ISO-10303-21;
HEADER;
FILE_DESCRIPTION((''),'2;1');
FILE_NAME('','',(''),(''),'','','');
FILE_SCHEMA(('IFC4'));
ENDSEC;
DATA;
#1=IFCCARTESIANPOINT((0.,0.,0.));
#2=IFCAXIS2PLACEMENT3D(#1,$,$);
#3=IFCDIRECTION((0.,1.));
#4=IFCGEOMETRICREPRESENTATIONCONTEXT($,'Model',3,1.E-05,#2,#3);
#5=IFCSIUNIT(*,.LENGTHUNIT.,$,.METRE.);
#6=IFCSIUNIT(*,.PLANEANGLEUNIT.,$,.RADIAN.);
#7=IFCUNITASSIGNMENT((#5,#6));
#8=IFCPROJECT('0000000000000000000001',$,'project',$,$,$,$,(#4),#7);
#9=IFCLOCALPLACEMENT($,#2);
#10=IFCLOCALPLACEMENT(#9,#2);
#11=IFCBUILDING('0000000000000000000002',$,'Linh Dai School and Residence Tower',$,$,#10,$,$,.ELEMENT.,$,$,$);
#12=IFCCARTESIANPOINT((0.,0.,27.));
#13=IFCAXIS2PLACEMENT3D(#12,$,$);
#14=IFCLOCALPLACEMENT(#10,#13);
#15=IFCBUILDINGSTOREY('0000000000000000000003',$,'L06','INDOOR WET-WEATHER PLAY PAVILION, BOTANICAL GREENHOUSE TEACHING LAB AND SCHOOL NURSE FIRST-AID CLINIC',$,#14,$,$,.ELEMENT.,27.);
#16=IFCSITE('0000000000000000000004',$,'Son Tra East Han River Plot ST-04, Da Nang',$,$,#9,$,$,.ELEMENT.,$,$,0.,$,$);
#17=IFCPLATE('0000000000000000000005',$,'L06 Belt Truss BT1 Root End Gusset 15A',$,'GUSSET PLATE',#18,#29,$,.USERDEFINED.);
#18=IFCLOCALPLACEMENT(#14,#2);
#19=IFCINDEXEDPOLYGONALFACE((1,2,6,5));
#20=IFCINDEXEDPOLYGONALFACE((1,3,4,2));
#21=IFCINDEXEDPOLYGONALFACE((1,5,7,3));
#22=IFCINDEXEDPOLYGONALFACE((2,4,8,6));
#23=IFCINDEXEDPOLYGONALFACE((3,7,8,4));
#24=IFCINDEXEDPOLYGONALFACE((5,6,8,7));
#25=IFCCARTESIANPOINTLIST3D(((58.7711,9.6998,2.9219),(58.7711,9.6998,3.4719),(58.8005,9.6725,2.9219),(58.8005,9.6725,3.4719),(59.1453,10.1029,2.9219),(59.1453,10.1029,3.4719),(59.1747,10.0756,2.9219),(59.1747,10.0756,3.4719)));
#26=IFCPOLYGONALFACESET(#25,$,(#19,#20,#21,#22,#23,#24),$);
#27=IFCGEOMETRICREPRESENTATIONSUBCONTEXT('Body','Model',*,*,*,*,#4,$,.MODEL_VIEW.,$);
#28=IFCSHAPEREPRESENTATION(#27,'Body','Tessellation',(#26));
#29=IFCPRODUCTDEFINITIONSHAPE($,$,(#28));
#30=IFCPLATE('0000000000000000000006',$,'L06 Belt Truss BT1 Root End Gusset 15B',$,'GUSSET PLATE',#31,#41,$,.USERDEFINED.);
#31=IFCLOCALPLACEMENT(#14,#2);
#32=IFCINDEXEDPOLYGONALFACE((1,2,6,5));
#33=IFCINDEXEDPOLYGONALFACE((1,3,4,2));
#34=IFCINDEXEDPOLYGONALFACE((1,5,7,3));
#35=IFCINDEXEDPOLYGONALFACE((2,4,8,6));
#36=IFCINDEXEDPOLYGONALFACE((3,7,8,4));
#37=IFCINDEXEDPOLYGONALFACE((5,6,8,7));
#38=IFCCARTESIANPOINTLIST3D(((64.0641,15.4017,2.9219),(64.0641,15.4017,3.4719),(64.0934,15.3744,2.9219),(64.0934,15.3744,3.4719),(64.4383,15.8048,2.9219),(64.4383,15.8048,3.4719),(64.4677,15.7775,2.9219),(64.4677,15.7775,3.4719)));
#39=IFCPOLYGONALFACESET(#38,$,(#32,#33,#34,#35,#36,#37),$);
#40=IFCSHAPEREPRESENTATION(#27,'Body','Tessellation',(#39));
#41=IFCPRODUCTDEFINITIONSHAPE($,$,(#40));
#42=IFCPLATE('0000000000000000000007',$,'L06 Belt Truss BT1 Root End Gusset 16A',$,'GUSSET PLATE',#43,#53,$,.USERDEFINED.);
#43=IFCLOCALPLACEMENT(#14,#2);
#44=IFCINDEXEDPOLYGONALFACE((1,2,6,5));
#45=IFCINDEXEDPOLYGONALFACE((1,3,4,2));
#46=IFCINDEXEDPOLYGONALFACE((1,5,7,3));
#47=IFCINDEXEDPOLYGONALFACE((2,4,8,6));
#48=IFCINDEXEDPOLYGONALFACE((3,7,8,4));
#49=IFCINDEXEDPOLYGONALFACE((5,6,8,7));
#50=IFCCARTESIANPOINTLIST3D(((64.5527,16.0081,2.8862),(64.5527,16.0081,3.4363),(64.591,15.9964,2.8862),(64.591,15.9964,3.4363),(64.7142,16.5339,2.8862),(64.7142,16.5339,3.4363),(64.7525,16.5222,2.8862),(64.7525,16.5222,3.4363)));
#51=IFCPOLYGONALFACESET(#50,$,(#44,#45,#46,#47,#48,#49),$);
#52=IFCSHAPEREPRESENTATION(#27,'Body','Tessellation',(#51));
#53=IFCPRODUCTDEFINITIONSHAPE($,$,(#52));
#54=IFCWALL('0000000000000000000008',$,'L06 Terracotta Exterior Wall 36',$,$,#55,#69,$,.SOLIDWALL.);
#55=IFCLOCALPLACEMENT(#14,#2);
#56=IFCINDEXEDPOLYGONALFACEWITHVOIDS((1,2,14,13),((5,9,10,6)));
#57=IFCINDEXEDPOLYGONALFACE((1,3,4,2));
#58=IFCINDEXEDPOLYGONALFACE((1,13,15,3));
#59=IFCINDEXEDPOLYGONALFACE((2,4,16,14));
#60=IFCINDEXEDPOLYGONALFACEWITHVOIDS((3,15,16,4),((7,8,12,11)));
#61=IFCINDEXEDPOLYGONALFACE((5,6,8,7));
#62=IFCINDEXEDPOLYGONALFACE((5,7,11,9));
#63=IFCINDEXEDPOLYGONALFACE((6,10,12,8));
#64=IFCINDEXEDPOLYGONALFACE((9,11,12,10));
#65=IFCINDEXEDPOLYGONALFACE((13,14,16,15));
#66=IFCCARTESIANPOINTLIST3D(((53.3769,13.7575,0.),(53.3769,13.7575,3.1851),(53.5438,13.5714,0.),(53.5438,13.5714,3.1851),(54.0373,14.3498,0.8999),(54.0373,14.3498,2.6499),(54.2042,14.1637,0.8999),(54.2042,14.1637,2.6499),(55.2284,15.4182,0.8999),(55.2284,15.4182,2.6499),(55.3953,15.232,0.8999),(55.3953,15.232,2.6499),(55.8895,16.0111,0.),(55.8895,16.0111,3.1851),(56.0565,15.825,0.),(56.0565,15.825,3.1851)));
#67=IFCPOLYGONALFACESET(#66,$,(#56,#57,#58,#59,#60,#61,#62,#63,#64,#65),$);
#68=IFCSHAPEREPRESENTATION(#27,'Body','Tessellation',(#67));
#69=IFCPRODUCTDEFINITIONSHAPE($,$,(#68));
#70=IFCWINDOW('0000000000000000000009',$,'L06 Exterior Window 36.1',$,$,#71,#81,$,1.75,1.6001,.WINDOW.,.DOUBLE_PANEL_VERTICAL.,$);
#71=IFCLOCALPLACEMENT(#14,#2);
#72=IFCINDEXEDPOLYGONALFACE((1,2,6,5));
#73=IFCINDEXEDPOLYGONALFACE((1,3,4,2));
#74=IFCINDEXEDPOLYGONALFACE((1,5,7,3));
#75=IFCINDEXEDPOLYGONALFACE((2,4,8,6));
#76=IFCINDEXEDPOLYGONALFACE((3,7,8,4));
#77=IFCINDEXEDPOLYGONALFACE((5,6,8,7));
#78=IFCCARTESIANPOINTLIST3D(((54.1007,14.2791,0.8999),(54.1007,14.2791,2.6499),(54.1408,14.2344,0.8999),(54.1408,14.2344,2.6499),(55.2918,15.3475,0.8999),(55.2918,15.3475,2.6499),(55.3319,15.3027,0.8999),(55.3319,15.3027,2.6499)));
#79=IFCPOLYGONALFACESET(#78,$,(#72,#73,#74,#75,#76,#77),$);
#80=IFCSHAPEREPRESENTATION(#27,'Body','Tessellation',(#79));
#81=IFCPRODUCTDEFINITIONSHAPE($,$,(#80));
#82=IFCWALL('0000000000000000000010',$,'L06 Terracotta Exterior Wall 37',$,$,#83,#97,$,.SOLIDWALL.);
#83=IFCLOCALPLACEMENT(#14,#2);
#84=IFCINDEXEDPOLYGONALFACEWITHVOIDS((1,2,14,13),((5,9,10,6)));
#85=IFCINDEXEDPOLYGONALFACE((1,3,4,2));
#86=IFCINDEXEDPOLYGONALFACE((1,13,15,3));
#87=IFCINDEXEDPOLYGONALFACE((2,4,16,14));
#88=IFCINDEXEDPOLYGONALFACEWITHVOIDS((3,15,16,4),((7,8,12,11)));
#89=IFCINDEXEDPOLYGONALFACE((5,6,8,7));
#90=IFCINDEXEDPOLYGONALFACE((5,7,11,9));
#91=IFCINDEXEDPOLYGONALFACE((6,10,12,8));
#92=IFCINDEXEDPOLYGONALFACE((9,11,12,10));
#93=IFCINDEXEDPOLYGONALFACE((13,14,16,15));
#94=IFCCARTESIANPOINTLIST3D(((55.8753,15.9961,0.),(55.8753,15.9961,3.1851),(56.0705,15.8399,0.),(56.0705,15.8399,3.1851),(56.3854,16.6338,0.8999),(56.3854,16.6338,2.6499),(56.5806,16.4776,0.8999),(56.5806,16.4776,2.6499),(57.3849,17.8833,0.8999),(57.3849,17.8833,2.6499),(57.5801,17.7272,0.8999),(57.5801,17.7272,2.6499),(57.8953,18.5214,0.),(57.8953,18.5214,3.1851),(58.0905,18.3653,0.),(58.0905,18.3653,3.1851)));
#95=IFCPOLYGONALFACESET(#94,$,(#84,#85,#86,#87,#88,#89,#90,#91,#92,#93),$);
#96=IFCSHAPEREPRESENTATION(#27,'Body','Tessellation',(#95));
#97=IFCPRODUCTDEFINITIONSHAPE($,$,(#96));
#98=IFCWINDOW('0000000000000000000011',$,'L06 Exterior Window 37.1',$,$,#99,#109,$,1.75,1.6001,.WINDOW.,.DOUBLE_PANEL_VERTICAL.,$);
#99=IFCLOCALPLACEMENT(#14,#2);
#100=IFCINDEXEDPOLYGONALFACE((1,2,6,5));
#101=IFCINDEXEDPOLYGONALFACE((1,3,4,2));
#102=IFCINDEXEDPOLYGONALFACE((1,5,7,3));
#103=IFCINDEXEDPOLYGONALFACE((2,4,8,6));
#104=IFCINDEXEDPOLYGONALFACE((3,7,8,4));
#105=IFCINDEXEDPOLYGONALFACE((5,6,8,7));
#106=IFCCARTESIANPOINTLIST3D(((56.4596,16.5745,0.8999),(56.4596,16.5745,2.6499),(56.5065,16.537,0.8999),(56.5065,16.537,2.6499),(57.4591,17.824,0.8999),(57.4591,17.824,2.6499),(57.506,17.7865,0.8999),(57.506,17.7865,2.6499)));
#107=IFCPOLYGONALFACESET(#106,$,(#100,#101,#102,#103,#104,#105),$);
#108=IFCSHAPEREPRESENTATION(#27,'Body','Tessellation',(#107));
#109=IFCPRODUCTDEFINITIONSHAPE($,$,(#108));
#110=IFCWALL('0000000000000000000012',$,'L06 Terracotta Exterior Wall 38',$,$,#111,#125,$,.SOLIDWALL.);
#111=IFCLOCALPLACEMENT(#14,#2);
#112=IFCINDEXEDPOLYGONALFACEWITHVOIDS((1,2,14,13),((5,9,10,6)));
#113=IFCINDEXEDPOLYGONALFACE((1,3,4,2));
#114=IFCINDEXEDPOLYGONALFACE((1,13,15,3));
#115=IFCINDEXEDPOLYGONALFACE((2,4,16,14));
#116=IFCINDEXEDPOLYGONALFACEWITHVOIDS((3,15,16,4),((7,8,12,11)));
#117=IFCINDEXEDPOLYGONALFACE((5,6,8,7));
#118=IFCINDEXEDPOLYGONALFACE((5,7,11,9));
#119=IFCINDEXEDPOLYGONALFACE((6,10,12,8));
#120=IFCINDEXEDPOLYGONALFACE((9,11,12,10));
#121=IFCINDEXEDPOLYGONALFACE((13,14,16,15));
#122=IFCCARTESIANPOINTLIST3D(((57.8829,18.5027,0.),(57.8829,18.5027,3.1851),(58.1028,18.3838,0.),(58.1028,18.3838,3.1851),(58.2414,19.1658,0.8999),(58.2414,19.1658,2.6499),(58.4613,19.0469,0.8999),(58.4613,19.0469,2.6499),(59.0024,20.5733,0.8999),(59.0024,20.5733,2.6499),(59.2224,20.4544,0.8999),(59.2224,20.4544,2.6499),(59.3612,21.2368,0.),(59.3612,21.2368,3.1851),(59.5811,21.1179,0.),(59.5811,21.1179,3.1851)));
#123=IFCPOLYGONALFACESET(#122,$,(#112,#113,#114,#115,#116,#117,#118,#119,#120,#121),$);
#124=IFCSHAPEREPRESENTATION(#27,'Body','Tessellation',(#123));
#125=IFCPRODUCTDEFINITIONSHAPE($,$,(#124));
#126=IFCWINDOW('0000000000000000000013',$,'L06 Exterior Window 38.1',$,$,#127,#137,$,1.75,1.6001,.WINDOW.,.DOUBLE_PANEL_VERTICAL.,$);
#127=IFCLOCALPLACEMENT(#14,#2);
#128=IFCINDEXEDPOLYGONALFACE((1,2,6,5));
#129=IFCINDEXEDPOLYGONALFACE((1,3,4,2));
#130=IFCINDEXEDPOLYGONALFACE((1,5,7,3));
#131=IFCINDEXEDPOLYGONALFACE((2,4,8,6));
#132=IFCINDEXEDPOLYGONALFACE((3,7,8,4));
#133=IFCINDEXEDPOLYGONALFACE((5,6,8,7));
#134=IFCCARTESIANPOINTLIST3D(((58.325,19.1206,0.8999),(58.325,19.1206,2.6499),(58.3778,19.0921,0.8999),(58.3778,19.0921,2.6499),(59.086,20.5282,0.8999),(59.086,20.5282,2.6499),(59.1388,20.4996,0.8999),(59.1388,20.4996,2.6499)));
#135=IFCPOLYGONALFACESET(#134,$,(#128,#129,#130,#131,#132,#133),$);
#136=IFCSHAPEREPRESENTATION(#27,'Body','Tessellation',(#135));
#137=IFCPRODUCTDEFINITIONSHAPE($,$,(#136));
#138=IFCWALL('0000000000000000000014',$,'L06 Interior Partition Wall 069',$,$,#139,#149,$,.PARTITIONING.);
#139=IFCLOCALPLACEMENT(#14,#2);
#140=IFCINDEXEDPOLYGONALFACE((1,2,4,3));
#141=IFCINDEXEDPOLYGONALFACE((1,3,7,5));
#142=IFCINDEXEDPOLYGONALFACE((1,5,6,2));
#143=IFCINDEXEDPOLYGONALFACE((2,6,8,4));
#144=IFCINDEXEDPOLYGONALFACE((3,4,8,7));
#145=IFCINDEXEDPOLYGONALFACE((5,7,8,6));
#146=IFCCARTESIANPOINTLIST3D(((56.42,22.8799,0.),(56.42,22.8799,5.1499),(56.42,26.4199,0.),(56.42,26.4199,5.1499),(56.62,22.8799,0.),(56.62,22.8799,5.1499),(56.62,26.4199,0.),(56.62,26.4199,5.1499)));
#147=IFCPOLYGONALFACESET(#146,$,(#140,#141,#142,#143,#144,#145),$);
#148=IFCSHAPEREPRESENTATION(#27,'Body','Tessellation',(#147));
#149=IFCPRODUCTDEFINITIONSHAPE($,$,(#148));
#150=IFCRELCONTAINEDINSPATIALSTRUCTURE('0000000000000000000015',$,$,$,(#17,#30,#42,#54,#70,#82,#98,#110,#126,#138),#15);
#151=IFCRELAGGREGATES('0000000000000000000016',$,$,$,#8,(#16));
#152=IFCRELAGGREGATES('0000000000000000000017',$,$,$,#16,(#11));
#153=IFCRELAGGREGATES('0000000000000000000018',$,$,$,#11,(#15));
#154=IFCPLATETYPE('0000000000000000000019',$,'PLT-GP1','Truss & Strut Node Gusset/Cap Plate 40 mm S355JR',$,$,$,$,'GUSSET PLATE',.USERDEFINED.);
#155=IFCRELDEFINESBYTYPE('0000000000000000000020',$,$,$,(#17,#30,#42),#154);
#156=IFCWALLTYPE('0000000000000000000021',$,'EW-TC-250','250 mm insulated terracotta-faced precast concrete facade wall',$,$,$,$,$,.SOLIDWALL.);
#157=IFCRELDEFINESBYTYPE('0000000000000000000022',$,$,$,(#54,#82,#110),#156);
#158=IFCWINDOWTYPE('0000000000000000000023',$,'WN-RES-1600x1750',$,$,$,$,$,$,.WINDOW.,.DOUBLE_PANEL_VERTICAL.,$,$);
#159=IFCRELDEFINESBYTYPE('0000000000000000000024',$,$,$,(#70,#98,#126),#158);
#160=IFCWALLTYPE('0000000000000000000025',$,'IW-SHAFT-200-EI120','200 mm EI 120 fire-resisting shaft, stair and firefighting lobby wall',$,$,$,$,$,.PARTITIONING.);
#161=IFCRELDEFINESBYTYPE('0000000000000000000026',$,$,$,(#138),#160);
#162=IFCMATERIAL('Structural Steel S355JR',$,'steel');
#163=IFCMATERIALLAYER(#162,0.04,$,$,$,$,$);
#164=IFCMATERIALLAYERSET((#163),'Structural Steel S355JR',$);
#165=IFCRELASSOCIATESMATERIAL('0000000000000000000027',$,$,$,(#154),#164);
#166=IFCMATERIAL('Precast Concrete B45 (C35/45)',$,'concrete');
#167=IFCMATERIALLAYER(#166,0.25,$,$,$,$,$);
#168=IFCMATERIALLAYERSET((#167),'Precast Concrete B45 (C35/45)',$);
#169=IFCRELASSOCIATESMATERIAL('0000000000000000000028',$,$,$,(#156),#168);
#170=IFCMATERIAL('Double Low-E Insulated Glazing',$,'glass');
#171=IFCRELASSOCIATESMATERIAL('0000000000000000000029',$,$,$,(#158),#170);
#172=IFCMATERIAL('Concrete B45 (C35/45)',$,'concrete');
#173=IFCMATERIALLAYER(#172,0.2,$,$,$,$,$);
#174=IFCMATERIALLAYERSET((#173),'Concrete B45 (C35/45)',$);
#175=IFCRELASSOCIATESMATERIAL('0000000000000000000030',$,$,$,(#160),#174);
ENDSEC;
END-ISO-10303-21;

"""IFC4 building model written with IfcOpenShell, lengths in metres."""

from ifc_helpers import new_model, si_unit, direction, frame, frame_2d, origin, origin_2d, place, context, subcontext, project, spatial, rectangle, extrude, source, transform, mapped, material, layer, layer_set, type_object, element, fill, save


model = new_model("IFC4")

# Units and contexts
model_context = context("Model", 3, precision=1e-05, world=origin(), true_north=direction((0.0, 1.0)))
body_context = subcontext(model_context, "Body", "Model", "MODEL_VIEW")
ifc_project = project(units=[si_unit("LENGTHUNIT", "METRE"), si_unit("PLANEANGLEUNIT", "RADIAN")], contexts=[model_context])

# Site, building, storey
site_placement = place(None, origin())
site = spatial("IfcSite", under=ifc_project, at=site_placement, Name="Son Tra East Han River Plot ST-04, Da Nang", CompositionType="ELEMENT", RefElevation=0.0)
building_placement = place(site_placement, origin())
building = spatial("IfcBuilding", under=site, at=building_placement, Name="Linh Dai School and Residence Tower", CompositionType="ELEMENT")
storey_placement = place(building_placement, frame((0.0, 0.0, 27.0)))
storey = spatial("IfcBuildingStorey", under=building, at=storey_placement, Name="L06", Description="INDOOR WET-WEATHER PLAY PAVILION, BOTANICAL GREENHOUSE TEACHING LAB AND SCHOOL NURSE FIRST-AID CLINIC", CompositionType="ELEMENT", Elevation=27.0)

# Shared definitions
ifc_material_1 = material(Name="Structural Steel S355JR", Category="steel")

# Plates
ifc_layer_1 = layer(ifc_material_1, 0.04)
ifc_layer_set_1 = layer_set([ifc_layer_1], Name="Structural Steel S355JR")
plate_type = type_object("IfcPlateType", Name="PLT-GP1", Description="Truss & Strut Node Gusset/Cap Plate 40 mm S355JR", ElementType="GUSSET PLATE", PredefinedType="USERDEFINED", material=ifc_layer_set_1)
shared_shape_1 = source(origin(), body_context, "Body", "SweptSolid", [
    extrude(rectangle(XDim=0.55, YDim=0.04, at=origin_2d()), origin(), (0.0, 0.0, 1.0), 0.55),
])
for number, where, z_axis, x_axis, name in (
    (1, (58.9729, 9.8877, 2.9219), (0.0, 0.0, 1.0), (0.680345, 0.732892, 0.0), "L06 Belt Truss BT1 Root End Gusset 15A"),
    (2, (64.2659, 15.5896, 2.9219), (0.0, 0.0, 1.0), (0.680345, 0.732892, 0.0), "L06 Belt Truss BT1 Root End Gusset 15B"),
    (3, (64.6526, 16.2651, 2.8862), (0.0, 0.0, 1.0), (0.293628, 0.95592, 0.0), "L06 Belt Truss BT1 Root End Gusset 16A"),
):
    element("IfcPlate", number, at=place(storey_placement, frame(where, z_axis=z_axis, x_axis=x_axis)), inside=storey, type_object=plate_type, Name=name, ObjectType="GUSSET PLATE", PredefinedType="USERDEFINED", context=body_context, shape_type="MappedRepresentation", body=[
        mapped(shared_shape_1, transform((0.0, 0.0, 0.0), x_axis=(1.0, 0.0, 0.0), y_axis=(0.0, 1.0, 0.0), z_axis=(0.0, 0.0, 1.0), scale=1.0)),
    ])

# Walls, openings, windows
ifc_material_2 = material(Name="Precast Concrete B45 (C35/45)", Category="concrete")
ifc_layer_2 = layer(ifc_material_2, 0.25)
ifc_layer_set_2 = layer_set([ifc_layer_2], Name="Precast Concrete B45 (C35/45)")
wall_type_1 = type_object("IfcWallType", Name="EW-TC-250", Description="250 mm insulated terracotta-faced precast concrete facade wall", PredefinedType="SOLIDWALL", material=ifc_layer_set_2)
wall_1_placement = place(storey_placement, frame((55.9729, 15.918, 0.0), z_axis=(0.0, 0.0, 1.0), x_axis=(-0.744437, -0.667693, 0.0)))
wall_1 = element("IfcWall", 4, at=wall_1_placement, inside=storey, type_object=wall_type_1, Name="L06 Terracotta Exterior Wall 36", PredefinedType="SOLIDWALL", context=body_context, shape_type="SweptSolid", body=[
    extrude(rectangle(XDim=3.3752, YDim=0.25, at=frame_2d((1.6875, 0.0))), origin(), (0.0, 0.0, 1.0), 3.1851),
])
opening_1_placement = place(wall_1_placement, frame((0.8879, 0.0, 0.8999)))
opening_1 = element("IfcOpeningElement", 5, at=opening_1_placement, cuts=wall_1, PredefinedType="OPENING", context=body_context, shape_type="SweptSolid", body=[
    extrude(rectangle(XDim=1.6001, YDim=1.75, at=origin_2d()), frame((0.8, 0.135, 0.875), z_axis=(0.0, -1.0, 0.0), x_axis=(1.0, 0.0, 0.0)), (0.0, 0.0, 1.0), 0.27),
])
ifc_material_3 = material(Name="Double Low-E Insulated Glazing", Category="glass")
window_type = type_object("IfcWindowType", Name="WN-RES-1600x1750", PartitioningType="DOUBLE_PANEL_VERTICAL", PredefinedType="WINDOW", material=ifc_material_3)
shared_shape_2 = source(origin(), body_context, "Body", "SweptSolid", [
    extrude(rectangle(XDim=1.6001, YDim=1.75, at=origin_2d()), frame((0.8, 0.03, 0.875), z_axis=(0.0, -1.0, 0.0), x_axis=(1.0, 0.0, 0.0)), (0.0, 0.0, 1.0), 0.0601),
])
window_1_placement = place(opening_1_placement, origin())
window_1 = element("IfcWindow", 6, at=window_1_placement, inside=storey, type_object=window_type, Name="L06 Exterior Window 36.1", OverallHeight=1.75, OverallWidth=1.6001, PartitioningType="DOUBLE_PANEL_VERTICAL", PredefinedType="WINDOW", context=body_context, shape_type="MappedRepresentation", body=[
    mapped(shared_shape_2, transform((0.0, 0.0, 0.0), x_axis=(1.0, 0.0, 0.0), y_axis=(0.0, 1.0, 0.0), z_axis=(0.0, 0.0, 1.0), scale=1.0)),
])
fill(opening_1, window_1)
wall_2_placement = place(storey_placement, frame((57.9929, 18.4434, 0.0), z_axis=(0.0, 0.0, 1.0), x_axis=(-0.62464, -0.780913, 0.0)))
wall_2 = element("IfcWall", 7, at=wall_2_placement, inside=storey, type_object=wall_type_1, Name="L06 Terracotta Exterior Wall 37", PredefinedType="SOLIDWALL", context=body_context, shape_type="SweptSolid", body=[
    extrude(rectangle(XDim=3.2339, YDim=0.25, at=frame_2d((1.6169, 0.0))), origin(), (0.0, 0.0, 1.0), 3.1851),
])
opening_2_placement = place(wall_2_placement, frame((0.8171, 0.0, 0.8999)))
opening_2 = element("IfcOpeningElement", 8, at=opening_2_placement, cuts=wall_2, PredefinedType="OPENING", context=body_context, shape_type="SweptSolid", body=[
    extrude(rectangle(XDim=1.6001, YDim=1.75, at=origin_2d()), frame((0.8, 0.135, 0.875), z_axis=(0.0, -1.0, 0.0), x_axis=(1.0, 0.0, 0.0)), (0.0, 0.0, 1.0), 0.27),
])
window_2_placement = place(opening_2_placement, origin())
window_2 = element("IfcWindow", 9, at=window_2_placement, inside=storey, type_object=window_type, Name="L06 Exterior Window 37.1", OverallHeight=1.75, OverallWidth=1.6001, PartitioningType="DOUBLE_PANEL_VERTICAL", PredefinedType="WINDOW", context=body_context, shape_type="MappedRepresentation", body=[
    mapped(shared_shape_2, transform((0.0, 0.0, 0.0), x_axis=(1.0, 0.0, 0.0), y_axis=(0.0, 1.0, 0.0), z_axis=(0.0, 0.0, 1.0), scale=1.0)),
])
fill(opening_2, window_2)
wall_3_placement = place(storey_placement, frame((59.4712, 21.1775, 0.0), z_axis=(0.0, 0.0, 1.0), x_axis=(-0.475607, -0.879658, 0.0)))
wall_3 = element("IfcWall", 10, at=wall_3_placement, inside=storey, type_object=wall_type_1, Name="L06 Terracotta Exterior Wall 38", PredefinedType="SOLIDWALL", context=body_context, shape_type="SweptSolid", body=[
    extrude(rectangle(XDim=3.1082, YDim=0.25, at=frame_2d((1.5542, 0.0))), origin(), (0.0, 0.0, 1.0), 3.1851),
])
opening_3_placement = place(wall_3_placement, frame((0.7544, 0.0, 0.8999)))
opening_3 = element("IfcOpeningElement", 11, at=opening_3_placement, cuts=wall_3, PredefinedType="OPENING", context=body_context, shape_type="SweptSolid", body=[
    extrude(rectangle(XDim=1.6001, YDim=1.75, at=origin_2d()), frame((0.8, 0.135, 0.875), z_axis=(0.0, -1.0, 0.0), x_axis=(1.0, 0.0, 0.0)), (0.0, 0.0, 1.0), 0.27),
])
window_3_placement = place(opening_3_placement, origin())
window_3 = element("IfcWindow", 12, at=window_3_placement, inside=storey, type_object=window_type, Name="L06 Exterior Window 38.1", OverallHeight=1.75, OverallWidth=1.6001, PartitioningType="DOUBLE_PANEL_VERTICAL", PredefinedType="WINDOW", context=body_context, shape_type="MappedRepresentation", body=[
    mapped(shared_shape_2, transform((0.0, 0.0, 0.0), x_axis=(1.0, 0.0, 0.0), y_axis=(0.0, 1.0, 0.0), z_axis=(0.0, 0.0, 1.0), scale=1.0)),
])
fill(opening_3, window_3)

# Wall
ifc_material_4 = material(Name="Concrete B45 (C35/45)", Category="concrete")
ifc_layer_3 = layer(ifc_material_4, 0.2)
ifc_layer_set_3 = layer_set([ifc_layer_3], Name="Concrete B45 (C35/45)")
wall_type_2 = type_object("IfcWallType", Name="IW-SHAFT-200-EI120", Description="200 mm EI 120 fire-resisting shaft, stair and firefighting lobby wall", PredefinedType="PARTITIONING", material=ifc_layer_set_3)
wall_4_placement = place(storey_placement, frame((56.52, 22.8799, 0.0), z_axis=(0.0, 0.0, 1.0), x_axis=(0.0, 1.0, 0.0)))
element("IfcWall", 13, at=wall_4_placement, inside=storey, type_object=wall_type_2, Name="L06 Interior Partition Wall 069", PredefinedType="PARTITIONING", context=body_context, shape_type="SweptSolid", body=[
    extrude(rectangle(XDim=3.54, YDim=0.2, at=frame_2d((1.77, 0.0))), origin(), (0.0, 0.0, 1.0), 5.1499),
])

save(model, "model.ifc")
